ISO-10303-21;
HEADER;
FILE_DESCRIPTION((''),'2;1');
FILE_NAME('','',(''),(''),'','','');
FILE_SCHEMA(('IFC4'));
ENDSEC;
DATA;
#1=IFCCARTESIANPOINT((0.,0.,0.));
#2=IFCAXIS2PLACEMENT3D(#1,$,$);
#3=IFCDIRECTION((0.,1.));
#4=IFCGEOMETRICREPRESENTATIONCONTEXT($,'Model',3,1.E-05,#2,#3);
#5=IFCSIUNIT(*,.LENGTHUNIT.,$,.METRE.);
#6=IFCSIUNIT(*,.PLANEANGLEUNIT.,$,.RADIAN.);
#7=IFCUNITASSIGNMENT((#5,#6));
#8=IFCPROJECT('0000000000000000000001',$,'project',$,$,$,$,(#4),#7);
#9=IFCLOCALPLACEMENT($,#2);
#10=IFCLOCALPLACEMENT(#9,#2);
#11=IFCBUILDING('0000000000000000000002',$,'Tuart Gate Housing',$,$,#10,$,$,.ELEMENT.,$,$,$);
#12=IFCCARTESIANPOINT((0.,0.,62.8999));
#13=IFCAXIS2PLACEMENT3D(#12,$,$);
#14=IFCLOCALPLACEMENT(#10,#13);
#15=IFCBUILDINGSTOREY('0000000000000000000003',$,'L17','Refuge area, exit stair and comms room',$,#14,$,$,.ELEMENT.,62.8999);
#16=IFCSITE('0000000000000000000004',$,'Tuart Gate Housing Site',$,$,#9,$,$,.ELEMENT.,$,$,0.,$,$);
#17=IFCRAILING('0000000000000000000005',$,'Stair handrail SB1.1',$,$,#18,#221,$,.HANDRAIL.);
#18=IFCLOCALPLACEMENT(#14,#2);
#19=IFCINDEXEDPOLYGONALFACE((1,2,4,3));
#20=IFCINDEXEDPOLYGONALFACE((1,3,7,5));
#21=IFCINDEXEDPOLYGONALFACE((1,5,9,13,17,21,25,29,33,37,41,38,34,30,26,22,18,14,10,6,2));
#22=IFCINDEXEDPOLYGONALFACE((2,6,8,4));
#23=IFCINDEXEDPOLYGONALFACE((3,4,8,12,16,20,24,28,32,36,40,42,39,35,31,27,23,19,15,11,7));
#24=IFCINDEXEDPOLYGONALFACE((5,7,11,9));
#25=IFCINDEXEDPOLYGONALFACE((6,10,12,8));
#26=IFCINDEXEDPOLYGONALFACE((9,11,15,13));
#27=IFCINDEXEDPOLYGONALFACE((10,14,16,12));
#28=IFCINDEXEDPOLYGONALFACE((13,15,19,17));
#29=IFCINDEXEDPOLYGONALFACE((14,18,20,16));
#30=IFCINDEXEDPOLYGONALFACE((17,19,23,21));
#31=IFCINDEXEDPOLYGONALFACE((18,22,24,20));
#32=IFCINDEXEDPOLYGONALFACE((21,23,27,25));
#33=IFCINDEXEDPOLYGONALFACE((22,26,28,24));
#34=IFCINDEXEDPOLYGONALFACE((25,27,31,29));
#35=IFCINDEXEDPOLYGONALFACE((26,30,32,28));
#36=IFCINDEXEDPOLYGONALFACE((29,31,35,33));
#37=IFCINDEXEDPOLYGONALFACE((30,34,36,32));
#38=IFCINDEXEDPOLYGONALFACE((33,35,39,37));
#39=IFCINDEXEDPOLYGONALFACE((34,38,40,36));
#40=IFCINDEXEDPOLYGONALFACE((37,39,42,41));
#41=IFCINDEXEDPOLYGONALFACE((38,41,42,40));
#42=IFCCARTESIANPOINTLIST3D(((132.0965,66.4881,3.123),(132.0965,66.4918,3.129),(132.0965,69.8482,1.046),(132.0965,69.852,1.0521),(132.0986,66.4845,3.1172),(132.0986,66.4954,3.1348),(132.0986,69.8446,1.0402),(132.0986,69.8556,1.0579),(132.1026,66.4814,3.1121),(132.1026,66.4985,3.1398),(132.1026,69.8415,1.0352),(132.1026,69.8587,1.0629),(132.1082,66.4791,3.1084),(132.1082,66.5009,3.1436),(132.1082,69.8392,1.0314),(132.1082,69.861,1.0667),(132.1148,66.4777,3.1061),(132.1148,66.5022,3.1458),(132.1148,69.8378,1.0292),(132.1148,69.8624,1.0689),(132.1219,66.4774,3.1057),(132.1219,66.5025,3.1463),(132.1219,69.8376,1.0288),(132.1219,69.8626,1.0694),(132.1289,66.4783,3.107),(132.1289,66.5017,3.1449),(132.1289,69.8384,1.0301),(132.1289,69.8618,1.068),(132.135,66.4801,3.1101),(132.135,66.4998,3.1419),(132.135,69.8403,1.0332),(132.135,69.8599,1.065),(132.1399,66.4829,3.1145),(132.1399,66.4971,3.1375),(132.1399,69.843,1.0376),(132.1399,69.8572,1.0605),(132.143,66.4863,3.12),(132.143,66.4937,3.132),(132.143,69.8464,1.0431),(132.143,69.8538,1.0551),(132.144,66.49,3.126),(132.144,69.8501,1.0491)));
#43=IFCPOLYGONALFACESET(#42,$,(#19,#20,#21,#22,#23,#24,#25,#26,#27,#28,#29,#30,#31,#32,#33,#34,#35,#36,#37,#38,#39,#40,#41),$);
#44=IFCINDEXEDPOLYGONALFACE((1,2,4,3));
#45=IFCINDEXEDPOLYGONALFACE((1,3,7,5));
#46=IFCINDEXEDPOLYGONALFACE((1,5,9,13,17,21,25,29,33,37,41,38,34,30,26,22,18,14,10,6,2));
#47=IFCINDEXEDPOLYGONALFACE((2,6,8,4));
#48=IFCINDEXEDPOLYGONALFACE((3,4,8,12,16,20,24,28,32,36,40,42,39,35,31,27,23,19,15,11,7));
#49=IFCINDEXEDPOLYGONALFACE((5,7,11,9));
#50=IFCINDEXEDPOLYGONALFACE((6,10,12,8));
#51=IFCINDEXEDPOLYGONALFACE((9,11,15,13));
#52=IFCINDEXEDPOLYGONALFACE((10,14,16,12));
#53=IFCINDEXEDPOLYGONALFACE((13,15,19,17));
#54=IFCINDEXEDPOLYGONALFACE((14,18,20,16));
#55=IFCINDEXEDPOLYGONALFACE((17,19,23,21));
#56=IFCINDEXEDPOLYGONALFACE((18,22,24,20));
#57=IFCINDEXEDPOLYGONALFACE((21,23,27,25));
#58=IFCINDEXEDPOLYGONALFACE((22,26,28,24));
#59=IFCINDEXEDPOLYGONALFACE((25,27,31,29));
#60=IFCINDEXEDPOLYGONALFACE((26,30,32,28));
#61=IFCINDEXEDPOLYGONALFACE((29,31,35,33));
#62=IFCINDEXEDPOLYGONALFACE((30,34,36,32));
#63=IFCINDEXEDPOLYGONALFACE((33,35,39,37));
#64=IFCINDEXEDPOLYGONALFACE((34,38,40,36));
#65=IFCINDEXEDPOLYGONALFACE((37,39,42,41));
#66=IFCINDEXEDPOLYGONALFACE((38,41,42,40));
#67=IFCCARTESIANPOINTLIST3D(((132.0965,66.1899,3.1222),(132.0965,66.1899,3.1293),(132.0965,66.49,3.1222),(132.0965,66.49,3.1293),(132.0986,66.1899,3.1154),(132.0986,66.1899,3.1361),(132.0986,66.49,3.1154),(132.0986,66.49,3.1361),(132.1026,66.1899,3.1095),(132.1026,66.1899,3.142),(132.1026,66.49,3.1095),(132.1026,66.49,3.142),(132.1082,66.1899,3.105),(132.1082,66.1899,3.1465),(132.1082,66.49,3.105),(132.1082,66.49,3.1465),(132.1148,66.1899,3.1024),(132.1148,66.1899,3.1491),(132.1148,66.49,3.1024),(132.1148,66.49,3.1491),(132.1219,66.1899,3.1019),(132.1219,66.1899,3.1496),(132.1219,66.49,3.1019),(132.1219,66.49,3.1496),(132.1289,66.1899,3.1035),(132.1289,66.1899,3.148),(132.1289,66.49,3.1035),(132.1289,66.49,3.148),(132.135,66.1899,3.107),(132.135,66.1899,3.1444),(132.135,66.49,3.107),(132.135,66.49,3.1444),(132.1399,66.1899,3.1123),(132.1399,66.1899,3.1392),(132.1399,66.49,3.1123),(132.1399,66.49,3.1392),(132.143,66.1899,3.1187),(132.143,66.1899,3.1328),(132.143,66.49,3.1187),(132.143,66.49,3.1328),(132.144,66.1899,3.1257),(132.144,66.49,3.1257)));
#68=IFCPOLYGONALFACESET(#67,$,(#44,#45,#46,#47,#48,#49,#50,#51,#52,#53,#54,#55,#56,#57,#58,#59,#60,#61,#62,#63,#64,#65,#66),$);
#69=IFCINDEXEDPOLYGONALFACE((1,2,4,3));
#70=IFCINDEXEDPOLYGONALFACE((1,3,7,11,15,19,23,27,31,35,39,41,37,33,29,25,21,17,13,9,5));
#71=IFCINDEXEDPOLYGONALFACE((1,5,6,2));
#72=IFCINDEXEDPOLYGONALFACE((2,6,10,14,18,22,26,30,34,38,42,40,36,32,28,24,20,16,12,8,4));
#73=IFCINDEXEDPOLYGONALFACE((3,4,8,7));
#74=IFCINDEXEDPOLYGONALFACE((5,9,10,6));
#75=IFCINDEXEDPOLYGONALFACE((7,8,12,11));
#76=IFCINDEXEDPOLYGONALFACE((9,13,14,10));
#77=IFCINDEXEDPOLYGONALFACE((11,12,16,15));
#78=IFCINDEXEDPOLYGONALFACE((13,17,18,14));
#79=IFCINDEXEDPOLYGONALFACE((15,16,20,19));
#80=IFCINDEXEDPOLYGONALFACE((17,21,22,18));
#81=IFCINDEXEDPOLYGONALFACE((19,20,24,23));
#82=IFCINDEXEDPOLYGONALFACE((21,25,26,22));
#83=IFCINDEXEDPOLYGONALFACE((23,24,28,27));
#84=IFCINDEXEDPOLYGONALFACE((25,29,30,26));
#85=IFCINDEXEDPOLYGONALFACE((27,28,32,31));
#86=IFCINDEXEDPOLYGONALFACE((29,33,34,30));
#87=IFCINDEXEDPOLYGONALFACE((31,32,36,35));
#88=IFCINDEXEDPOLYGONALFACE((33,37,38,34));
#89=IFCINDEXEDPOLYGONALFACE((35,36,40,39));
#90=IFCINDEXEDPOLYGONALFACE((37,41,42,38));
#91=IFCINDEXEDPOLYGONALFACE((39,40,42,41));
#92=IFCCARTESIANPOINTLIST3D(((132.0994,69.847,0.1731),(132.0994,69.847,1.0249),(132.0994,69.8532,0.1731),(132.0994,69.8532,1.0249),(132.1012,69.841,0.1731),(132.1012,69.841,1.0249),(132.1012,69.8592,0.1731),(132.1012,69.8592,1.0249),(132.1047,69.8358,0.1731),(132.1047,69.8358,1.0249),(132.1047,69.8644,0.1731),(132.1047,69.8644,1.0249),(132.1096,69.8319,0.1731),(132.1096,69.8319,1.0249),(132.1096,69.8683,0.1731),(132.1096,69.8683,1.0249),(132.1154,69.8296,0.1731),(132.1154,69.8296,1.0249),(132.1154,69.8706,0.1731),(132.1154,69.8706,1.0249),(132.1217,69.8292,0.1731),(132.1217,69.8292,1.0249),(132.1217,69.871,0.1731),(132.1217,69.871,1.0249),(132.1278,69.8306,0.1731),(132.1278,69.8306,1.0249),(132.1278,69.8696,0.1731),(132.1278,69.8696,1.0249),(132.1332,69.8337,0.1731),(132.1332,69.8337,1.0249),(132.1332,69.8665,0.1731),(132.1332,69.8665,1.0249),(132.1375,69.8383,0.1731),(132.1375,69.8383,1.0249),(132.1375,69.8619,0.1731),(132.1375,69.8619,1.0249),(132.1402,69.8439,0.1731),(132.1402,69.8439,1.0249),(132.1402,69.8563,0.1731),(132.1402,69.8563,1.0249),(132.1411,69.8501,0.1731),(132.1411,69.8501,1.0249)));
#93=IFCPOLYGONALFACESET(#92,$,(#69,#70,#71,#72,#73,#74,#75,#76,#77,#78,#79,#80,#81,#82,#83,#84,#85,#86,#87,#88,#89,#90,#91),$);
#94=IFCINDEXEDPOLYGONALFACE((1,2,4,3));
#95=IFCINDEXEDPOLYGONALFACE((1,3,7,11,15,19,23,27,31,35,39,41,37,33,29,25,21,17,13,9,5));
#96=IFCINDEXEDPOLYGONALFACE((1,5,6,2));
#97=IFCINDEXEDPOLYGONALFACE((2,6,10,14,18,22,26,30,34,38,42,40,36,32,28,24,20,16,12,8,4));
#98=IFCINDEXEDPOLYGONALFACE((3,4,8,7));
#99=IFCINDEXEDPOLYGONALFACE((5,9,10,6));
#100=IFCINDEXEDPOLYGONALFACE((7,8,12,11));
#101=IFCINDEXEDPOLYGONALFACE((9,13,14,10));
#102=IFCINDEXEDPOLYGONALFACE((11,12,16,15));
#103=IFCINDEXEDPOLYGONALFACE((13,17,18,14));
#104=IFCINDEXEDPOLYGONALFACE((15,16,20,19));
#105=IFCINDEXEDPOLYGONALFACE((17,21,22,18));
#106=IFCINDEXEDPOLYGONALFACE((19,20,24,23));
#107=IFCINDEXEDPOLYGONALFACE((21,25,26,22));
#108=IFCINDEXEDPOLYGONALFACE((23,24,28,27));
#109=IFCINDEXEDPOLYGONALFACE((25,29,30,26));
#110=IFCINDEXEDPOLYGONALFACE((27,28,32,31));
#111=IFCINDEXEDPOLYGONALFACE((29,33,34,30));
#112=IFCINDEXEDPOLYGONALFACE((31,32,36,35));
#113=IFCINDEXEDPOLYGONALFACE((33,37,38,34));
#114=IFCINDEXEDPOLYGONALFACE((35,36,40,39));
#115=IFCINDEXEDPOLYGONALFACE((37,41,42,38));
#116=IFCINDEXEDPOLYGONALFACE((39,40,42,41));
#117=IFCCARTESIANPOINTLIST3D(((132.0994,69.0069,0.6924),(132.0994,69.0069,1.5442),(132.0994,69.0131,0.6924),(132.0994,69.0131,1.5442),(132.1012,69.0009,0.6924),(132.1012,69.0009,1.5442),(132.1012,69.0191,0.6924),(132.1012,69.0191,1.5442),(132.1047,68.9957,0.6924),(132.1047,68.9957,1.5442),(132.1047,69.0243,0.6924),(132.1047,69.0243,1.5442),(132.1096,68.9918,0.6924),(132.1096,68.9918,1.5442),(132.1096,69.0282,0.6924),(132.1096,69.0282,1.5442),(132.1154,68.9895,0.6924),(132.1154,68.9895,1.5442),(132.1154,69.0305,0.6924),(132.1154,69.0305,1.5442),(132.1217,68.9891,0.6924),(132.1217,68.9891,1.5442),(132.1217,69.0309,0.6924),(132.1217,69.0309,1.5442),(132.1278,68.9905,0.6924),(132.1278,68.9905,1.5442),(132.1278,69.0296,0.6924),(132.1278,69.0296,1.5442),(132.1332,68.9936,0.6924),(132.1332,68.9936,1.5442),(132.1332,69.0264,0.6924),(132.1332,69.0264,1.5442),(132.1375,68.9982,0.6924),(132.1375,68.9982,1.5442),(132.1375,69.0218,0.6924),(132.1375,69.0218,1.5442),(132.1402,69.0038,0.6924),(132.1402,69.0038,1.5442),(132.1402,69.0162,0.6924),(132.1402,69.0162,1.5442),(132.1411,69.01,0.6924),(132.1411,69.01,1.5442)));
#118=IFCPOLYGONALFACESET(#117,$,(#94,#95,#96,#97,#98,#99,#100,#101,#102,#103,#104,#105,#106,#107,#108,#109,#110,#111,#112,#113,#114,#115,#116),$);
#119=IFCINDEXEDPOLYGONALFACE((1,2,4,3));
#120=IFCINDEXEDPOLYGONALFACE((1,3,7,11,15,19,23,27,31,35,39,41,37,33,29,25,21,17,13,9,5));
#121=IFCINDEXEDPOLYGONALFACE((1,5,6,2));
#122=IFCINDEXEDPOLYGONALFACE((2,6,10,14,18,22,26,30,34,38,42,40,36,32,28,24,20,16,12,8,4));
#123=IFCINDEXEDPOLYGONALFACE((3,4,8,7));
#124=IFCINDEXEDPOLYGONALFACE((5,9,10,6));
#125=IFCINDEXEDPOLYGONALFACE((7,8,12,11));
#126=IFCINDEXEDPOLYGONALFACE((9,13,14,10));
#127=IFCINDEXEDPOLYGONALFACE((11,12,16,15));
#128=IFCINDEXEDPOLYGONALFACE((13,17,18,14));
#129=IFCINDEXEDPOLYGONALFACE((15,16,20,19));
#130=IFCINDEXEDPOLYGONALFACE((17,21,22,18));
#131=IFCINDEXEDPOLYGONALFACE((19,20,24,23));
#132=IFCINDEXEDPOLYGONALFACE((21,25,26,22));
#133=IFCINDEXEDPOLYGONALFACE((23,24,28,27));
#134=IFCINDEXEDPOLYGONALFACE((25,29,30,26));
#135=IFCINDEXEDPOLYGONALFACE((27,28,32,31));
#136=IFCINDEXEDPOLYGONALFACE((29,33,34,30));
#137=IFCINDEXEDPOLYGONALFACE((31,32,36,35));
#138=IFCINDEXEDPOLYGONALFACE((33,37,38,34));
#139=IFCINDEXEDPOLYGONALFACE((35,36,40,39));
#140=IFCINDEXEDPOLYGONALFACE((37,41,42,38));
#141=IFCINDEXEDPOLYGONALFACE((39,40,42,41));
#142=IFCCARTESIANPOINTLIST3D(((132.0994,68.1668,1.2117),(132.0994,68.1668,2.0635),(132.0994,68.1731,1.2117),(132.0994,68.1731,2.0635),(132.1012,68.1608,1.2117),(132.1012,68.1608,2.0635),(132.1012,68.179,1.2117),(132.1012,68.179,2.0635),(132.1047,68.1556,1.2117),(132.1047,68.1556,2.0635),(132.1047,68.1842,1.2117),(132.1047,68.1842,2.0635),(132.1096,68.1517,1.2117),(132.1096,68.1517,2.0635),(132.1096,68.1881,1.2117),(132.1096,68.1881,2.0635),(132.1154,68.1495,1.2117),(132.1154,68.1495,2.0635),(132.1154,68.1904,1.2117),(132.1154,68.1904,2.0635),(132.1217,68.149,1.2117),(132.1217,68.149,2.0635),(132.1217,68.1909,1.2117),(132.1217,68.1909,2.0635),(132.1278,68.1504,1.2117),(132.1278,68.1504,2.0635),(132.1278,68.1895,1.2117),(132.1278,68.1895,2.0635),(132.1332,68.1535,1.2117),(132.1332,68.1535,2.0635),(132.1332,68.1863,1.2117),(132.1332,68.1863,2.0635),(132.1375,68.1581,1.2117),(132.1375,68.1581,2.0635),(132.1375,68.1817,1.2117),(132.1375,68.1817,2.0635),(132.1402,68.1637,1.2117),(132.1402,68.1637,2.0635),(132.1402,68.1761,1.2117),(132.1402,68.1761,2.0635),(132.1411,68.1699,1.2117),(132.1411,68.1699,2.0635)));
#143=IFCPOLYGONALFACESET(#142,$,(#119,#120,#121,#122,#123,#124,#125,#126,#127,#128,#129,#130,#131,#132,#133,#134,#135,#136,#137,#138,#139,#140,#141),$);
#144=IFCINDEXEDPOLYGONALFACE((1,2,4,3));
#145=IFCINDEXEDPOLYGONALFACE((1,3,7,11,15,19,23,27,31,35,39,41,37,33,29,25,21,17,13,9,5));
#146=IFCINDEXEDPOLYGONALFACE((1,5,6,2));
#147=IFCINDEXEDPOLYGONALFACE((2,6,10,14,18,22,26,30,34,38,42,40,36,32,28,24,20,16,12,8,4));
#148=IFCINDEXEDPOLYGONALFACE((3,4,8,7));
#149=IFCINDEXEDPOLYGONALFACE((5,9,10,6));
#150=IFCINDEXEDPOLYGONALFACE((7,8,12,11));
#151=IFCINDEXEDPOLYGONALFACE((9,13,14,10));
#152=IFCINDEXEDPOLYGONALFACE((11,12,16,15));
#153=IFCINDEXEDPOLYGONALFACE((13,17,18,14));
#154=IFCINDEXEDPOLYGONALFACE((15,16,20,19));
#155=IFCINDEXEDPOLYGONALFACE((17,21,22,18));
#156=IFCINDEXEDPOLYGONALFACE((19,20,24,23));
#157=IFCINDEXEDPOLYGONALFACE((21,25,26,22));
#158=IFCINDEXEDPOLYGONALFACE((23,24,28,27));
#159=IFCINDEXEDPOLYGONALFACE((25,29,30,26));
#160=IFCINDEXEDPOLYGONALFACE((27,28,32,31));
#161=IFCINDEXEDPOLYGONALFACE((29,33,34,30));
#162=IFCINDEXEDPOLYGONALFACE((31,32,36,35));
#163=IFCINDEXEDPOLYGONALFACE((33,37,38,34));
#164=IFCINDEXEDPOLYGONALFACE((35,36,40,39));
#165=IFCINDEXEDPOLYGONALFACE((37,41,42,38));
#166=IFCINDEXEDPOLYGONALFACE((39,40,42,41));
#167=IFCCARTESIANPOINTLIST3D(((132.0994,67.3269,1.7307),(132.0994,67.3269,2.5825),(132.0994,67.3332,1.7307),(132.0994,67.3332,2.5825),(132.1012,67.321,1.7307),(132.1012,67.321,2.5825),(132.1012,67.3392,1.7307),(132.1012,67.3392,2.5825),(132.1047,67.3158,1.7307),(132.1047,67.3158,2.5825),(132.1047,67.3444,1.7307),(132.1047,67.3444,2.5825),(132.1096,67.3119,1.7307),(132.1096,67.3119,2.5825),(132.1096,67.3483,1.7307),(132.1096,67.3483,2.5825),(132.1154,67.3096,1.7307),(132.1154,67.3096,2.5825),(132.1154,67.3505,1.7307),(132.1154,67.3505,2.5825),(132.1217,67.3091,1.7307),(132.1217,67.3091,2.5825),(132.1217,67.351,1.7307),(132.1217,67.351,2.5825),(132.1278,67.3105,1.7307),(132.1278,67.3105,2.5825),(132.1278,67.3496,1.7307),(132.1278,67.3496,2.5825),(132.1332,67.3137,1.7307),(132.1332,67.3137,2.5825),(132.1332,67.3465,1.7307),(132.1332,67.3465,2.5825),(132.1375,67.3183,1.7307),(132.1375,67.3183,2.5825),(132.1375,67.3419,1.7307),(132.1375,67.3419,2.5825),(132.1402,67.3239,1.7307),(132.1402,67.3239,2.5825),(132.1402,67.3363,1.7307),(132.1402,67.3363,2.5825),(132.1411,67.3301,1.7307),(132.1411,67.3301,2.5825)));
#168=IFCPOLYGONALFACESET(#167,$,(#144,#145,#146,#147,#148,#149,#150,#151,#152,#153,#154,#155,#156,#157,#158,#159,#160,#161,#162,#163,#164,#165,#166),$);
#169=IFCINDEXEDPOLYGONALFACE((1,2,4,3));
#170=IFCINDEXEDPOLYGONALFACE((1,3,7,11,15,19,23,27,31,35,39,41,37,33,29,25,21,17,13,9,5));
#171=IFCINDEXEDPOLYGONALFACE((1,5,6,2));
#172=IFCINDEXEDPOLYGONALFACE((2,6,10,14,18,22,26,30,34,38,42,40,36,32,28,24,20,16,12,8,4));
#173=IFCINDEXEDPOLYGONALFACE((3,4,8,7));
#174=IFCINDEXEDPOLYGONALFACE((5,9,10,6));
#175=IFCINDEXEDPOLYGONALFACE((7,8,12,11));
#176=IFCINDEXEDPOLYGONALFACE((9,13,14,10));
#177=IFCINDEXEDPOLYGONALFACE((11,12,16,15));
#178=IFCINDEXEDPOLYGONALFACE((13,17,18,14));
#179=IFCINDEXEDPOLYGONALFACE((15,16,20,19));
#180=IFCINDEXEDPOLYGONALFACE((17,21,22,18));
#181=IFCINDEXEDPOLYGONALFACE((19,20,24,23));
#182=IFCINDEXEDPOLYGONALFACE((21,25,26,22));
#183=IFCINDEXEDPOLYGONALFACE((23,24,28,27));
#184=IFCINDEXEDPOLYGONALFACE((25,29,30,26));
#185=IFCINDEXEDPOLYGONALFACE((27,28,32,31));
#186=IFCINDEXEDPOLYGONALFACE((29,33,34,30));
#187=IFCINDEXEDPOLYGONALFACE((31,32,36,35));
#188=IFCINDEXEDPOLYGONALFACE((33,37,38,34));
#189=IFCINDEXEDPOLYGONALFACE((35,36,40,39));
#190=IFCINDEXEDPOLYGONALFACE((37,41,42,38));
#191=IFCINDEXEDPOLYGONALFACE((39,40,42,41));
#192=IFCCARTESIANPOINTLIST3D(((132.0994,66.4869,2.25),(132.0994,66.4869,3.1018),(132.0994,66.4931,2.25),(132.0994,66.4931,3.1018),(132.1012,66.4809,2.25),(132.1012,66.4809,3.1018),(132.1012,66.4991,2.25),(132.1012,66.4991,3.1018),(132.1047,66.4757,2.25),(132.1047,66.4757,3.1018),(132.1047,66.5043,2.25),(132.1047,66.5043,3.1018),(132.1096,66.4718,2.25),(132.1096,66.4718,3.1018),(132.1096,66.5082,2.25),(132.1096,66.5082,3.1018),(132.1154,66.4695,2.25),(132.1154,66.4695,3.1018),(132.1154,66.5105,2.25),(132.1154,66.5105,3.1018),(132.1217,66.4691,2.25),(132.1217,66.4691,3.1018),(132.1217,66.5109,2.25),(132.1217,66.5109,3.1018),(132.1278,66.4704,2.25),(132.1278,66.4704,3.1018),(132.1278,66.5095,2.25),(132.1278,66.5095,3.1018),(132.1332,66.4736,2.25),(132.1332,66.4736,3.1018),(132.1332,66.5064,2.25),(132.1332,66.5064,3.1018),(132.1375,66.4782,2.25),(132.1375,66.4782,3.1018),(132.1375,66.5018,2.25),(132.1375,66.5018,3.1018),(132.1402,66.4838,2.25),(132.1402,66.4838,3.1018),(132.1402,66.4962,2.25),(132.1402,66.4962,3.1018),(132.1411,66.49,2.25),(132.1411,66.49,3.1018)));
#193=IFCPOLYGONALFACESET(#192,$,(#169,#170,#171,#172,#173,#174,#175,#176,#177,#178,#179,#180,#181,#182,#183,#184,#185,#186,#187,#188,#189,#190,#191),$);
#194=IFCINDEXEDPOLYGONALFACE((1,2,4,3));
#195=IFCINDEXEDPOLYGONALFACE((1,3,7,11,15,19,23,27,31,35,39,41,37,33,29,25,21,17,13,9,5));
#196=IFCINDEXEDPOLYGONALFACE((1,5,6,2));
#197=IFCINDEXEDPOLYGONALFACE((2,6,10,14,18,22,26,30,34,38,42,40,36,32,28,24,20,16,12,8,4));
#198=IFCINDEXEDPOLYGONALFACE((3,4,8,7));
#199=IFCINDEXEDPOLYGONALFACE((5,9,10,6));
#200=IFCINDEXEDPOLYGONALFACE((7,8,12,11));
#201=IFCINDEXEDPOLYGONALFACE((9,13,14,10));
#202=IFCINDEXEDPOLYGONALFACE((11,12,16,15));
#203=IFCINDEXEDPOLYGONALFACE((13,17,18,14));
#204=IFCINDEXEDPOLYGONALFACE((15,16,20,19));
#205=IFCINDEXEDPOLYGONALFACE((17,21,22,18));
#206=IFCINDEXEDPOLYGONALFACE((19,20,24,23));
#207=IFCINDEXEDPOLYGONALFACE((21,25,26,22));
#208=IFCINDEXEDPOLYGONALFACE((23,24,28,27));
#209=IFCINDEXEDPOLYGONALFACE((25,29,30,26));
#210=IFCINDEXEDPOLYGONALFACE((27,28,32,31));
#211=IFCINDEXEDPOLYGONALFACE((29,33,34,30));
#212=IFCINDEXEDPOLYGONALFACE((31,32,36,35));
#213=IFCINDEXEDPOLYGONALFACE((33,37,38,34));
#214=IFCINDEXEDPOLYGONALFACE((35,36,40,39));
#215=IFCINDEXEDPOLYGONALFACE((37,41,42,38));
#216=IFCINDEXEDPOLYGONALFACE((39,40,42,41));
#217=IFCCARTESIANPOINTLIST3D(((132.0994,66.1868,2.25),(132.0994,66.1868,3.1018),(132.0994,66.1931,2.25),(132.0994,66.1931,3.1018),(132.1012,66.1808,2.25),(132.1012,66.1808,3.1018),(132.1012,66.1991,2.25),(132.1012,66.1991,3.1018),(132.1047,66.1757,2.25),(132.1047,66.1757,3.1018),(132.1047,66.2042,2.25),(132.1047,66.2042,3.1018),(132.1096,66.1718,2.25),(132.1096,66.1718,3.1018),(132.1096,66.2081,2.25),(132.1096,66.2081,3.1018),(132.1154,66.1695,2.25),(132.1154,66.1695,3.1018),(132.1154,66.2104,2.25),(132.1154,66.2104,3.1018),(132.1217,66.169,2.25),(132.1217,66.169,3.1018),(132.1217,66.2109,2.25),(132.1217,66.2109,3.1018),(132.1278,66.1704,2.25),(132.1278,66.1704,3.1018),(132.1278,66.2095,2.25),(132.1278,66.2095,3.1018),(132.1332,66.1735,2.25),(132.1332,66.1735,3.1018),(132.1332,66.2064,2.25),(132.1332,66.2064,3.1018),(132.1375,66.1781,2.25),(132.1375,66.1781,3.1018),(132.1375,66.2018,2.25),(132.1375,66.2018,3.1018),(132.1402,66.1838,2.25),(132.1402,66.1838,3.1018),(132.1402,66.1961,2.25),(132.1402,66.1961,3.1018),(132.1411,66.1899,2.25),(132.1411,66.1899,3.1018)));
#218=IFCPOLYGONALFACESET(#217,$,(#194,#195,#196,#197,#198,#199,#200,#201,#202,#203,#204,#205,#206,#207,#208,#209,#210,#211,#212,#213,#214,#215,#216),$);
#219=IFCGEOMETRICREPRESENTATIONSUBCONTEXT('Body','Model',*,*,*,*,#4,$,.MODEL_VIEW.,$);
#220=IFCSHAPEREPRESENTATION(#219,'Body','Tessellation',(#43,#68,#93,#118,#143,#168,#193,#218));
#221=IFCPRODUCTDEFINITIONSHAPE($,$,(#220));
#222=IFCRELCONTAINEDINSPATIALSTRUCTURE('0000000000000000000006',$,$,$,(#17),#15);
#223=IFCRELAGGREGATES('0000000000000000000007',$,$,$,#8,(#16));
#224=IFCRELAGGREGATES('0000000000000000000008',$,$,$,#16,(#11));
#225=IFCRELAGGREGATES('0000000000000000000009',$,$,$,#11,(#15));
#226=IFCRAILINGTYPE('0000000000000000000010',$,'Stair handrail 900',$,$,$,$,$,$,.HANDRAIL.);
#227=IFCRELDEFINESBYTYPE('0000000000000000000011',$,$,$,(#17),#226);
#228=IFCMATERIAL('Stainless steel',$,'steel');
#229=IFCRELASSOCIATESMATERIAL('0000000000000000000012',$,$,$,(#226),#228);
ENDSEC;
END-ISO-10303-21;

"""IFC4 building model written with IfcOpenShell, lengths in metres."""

from ifc_helpers import new_model, si_unit, direction, frame, origin, origin_2d, place, context, subcontext, project, spatial, circle, extrude, material, type_object, element, save


model = new_model("IFC4")

# Units and contexts
model_context = context("Model", 3, precision=1e-05, world=origin(), true_north=direction((0.0, 1.0)))
body_context = subcontext(model_context, "Body", "Model", "MODEL_VIEW")
ifc_project = project(units=[si_unit("LENGTHUNIT", "METRE"), si_unit("PLANEANGLEUNIT", "RADIAN")], contexts=[model_context])

# Site, building, storey
site_placement = place(None, origin())
site = spatial("IfcSite", under=ifc_project, at=site_placement, Name="Tuart Gate Housing Site", CompositionType="ELEMENT", RefElevation=0.0)
building_placement = place(site_placement, origin())
building = spatial("IfcBuilding", under=site, at=building_placement, Name="Tuart Gate Housing", CompositionType="ELEMENT")
storey_placement = place(building_placement, frame((0.0, 0.0, 62.8999)))
storey = spatial("IfcBuildingStorey", under=building, at=storey_placement, Name="L17", Description="Refuge area, exit stair and comms room", CompositionType="ELEMENT", Elevation=62.8999)

# Railing
ifc_material_1 = material(Name="Stainless steel", Category="steel")
railing_type = type_object("IfcRailingType", Name="Stair handrail 900", PredefinedType="HANDRAIL", material=ifc_material_1)
railing_placement = place(storey_placement, frame((132.1201, 69.8501, 0.1731)))
element("IfcRailing", 1, at=railing_placement, inside=storey, type_object=railing_type, Name="Stair handrail SB1.1", PredefinedType="HANDRAIL", context=body_context, shape_type="SweptSolid", body=[
    extrude(circle(Radius=0.0239, at=origin_2d()), frame((0.0, 0.0, 0.876), z_axis=(0.0, -0.850623, 0.525776), x_axis=(1.0, 0.0, 0.0)), (0.0, 0.0, 1.0), 3.9502),
    extrude(circle(Radius=0.0239, at=origin_2d()), frame((0.0, -3.3601, 2.9526), z_axis=(0.0, -1.0, 0.0), x_axis=(1.0, 0.0, 0.0)), (0.0, 0.0, 1.0), 0.3),
    extrude(circle(Radius=0.021, at=origin_2d()), origin(), (0.0, 0.0, 1.0), 0.8518),
    extrude(circle(Radius=0.021, at=origin_2d()), frame((0.0, -0.8401, 0.5193)), (0.0, 0.0, 1.0), 0.8518),
    extrude(circle(Radius=0.021, at=origin_2d()), frame((0.0, -1.6802, 1.0386)), (0.0, 0.0, 1.0), 0.8518),
    extrude(circle(Radius=0.021, at=origin_2d()), frame((0.0, -2.52, 1.5576)), (0.0, 0.0, 1.0), 0.8518),
    extrude(circle(Radius=0.021, at=origin_2d()), frame((0.0, -3.3601, 2.0769)), (0.0, 0.0, 1.0), 0.8518),
    extrude(circle(Radius=0.021, at=origin_2d()), frame((0.0, -3.6602, 2.0769)), (0.0, 0.0, 1.0), 0.8518),
])

save(model, "model.ifc")
